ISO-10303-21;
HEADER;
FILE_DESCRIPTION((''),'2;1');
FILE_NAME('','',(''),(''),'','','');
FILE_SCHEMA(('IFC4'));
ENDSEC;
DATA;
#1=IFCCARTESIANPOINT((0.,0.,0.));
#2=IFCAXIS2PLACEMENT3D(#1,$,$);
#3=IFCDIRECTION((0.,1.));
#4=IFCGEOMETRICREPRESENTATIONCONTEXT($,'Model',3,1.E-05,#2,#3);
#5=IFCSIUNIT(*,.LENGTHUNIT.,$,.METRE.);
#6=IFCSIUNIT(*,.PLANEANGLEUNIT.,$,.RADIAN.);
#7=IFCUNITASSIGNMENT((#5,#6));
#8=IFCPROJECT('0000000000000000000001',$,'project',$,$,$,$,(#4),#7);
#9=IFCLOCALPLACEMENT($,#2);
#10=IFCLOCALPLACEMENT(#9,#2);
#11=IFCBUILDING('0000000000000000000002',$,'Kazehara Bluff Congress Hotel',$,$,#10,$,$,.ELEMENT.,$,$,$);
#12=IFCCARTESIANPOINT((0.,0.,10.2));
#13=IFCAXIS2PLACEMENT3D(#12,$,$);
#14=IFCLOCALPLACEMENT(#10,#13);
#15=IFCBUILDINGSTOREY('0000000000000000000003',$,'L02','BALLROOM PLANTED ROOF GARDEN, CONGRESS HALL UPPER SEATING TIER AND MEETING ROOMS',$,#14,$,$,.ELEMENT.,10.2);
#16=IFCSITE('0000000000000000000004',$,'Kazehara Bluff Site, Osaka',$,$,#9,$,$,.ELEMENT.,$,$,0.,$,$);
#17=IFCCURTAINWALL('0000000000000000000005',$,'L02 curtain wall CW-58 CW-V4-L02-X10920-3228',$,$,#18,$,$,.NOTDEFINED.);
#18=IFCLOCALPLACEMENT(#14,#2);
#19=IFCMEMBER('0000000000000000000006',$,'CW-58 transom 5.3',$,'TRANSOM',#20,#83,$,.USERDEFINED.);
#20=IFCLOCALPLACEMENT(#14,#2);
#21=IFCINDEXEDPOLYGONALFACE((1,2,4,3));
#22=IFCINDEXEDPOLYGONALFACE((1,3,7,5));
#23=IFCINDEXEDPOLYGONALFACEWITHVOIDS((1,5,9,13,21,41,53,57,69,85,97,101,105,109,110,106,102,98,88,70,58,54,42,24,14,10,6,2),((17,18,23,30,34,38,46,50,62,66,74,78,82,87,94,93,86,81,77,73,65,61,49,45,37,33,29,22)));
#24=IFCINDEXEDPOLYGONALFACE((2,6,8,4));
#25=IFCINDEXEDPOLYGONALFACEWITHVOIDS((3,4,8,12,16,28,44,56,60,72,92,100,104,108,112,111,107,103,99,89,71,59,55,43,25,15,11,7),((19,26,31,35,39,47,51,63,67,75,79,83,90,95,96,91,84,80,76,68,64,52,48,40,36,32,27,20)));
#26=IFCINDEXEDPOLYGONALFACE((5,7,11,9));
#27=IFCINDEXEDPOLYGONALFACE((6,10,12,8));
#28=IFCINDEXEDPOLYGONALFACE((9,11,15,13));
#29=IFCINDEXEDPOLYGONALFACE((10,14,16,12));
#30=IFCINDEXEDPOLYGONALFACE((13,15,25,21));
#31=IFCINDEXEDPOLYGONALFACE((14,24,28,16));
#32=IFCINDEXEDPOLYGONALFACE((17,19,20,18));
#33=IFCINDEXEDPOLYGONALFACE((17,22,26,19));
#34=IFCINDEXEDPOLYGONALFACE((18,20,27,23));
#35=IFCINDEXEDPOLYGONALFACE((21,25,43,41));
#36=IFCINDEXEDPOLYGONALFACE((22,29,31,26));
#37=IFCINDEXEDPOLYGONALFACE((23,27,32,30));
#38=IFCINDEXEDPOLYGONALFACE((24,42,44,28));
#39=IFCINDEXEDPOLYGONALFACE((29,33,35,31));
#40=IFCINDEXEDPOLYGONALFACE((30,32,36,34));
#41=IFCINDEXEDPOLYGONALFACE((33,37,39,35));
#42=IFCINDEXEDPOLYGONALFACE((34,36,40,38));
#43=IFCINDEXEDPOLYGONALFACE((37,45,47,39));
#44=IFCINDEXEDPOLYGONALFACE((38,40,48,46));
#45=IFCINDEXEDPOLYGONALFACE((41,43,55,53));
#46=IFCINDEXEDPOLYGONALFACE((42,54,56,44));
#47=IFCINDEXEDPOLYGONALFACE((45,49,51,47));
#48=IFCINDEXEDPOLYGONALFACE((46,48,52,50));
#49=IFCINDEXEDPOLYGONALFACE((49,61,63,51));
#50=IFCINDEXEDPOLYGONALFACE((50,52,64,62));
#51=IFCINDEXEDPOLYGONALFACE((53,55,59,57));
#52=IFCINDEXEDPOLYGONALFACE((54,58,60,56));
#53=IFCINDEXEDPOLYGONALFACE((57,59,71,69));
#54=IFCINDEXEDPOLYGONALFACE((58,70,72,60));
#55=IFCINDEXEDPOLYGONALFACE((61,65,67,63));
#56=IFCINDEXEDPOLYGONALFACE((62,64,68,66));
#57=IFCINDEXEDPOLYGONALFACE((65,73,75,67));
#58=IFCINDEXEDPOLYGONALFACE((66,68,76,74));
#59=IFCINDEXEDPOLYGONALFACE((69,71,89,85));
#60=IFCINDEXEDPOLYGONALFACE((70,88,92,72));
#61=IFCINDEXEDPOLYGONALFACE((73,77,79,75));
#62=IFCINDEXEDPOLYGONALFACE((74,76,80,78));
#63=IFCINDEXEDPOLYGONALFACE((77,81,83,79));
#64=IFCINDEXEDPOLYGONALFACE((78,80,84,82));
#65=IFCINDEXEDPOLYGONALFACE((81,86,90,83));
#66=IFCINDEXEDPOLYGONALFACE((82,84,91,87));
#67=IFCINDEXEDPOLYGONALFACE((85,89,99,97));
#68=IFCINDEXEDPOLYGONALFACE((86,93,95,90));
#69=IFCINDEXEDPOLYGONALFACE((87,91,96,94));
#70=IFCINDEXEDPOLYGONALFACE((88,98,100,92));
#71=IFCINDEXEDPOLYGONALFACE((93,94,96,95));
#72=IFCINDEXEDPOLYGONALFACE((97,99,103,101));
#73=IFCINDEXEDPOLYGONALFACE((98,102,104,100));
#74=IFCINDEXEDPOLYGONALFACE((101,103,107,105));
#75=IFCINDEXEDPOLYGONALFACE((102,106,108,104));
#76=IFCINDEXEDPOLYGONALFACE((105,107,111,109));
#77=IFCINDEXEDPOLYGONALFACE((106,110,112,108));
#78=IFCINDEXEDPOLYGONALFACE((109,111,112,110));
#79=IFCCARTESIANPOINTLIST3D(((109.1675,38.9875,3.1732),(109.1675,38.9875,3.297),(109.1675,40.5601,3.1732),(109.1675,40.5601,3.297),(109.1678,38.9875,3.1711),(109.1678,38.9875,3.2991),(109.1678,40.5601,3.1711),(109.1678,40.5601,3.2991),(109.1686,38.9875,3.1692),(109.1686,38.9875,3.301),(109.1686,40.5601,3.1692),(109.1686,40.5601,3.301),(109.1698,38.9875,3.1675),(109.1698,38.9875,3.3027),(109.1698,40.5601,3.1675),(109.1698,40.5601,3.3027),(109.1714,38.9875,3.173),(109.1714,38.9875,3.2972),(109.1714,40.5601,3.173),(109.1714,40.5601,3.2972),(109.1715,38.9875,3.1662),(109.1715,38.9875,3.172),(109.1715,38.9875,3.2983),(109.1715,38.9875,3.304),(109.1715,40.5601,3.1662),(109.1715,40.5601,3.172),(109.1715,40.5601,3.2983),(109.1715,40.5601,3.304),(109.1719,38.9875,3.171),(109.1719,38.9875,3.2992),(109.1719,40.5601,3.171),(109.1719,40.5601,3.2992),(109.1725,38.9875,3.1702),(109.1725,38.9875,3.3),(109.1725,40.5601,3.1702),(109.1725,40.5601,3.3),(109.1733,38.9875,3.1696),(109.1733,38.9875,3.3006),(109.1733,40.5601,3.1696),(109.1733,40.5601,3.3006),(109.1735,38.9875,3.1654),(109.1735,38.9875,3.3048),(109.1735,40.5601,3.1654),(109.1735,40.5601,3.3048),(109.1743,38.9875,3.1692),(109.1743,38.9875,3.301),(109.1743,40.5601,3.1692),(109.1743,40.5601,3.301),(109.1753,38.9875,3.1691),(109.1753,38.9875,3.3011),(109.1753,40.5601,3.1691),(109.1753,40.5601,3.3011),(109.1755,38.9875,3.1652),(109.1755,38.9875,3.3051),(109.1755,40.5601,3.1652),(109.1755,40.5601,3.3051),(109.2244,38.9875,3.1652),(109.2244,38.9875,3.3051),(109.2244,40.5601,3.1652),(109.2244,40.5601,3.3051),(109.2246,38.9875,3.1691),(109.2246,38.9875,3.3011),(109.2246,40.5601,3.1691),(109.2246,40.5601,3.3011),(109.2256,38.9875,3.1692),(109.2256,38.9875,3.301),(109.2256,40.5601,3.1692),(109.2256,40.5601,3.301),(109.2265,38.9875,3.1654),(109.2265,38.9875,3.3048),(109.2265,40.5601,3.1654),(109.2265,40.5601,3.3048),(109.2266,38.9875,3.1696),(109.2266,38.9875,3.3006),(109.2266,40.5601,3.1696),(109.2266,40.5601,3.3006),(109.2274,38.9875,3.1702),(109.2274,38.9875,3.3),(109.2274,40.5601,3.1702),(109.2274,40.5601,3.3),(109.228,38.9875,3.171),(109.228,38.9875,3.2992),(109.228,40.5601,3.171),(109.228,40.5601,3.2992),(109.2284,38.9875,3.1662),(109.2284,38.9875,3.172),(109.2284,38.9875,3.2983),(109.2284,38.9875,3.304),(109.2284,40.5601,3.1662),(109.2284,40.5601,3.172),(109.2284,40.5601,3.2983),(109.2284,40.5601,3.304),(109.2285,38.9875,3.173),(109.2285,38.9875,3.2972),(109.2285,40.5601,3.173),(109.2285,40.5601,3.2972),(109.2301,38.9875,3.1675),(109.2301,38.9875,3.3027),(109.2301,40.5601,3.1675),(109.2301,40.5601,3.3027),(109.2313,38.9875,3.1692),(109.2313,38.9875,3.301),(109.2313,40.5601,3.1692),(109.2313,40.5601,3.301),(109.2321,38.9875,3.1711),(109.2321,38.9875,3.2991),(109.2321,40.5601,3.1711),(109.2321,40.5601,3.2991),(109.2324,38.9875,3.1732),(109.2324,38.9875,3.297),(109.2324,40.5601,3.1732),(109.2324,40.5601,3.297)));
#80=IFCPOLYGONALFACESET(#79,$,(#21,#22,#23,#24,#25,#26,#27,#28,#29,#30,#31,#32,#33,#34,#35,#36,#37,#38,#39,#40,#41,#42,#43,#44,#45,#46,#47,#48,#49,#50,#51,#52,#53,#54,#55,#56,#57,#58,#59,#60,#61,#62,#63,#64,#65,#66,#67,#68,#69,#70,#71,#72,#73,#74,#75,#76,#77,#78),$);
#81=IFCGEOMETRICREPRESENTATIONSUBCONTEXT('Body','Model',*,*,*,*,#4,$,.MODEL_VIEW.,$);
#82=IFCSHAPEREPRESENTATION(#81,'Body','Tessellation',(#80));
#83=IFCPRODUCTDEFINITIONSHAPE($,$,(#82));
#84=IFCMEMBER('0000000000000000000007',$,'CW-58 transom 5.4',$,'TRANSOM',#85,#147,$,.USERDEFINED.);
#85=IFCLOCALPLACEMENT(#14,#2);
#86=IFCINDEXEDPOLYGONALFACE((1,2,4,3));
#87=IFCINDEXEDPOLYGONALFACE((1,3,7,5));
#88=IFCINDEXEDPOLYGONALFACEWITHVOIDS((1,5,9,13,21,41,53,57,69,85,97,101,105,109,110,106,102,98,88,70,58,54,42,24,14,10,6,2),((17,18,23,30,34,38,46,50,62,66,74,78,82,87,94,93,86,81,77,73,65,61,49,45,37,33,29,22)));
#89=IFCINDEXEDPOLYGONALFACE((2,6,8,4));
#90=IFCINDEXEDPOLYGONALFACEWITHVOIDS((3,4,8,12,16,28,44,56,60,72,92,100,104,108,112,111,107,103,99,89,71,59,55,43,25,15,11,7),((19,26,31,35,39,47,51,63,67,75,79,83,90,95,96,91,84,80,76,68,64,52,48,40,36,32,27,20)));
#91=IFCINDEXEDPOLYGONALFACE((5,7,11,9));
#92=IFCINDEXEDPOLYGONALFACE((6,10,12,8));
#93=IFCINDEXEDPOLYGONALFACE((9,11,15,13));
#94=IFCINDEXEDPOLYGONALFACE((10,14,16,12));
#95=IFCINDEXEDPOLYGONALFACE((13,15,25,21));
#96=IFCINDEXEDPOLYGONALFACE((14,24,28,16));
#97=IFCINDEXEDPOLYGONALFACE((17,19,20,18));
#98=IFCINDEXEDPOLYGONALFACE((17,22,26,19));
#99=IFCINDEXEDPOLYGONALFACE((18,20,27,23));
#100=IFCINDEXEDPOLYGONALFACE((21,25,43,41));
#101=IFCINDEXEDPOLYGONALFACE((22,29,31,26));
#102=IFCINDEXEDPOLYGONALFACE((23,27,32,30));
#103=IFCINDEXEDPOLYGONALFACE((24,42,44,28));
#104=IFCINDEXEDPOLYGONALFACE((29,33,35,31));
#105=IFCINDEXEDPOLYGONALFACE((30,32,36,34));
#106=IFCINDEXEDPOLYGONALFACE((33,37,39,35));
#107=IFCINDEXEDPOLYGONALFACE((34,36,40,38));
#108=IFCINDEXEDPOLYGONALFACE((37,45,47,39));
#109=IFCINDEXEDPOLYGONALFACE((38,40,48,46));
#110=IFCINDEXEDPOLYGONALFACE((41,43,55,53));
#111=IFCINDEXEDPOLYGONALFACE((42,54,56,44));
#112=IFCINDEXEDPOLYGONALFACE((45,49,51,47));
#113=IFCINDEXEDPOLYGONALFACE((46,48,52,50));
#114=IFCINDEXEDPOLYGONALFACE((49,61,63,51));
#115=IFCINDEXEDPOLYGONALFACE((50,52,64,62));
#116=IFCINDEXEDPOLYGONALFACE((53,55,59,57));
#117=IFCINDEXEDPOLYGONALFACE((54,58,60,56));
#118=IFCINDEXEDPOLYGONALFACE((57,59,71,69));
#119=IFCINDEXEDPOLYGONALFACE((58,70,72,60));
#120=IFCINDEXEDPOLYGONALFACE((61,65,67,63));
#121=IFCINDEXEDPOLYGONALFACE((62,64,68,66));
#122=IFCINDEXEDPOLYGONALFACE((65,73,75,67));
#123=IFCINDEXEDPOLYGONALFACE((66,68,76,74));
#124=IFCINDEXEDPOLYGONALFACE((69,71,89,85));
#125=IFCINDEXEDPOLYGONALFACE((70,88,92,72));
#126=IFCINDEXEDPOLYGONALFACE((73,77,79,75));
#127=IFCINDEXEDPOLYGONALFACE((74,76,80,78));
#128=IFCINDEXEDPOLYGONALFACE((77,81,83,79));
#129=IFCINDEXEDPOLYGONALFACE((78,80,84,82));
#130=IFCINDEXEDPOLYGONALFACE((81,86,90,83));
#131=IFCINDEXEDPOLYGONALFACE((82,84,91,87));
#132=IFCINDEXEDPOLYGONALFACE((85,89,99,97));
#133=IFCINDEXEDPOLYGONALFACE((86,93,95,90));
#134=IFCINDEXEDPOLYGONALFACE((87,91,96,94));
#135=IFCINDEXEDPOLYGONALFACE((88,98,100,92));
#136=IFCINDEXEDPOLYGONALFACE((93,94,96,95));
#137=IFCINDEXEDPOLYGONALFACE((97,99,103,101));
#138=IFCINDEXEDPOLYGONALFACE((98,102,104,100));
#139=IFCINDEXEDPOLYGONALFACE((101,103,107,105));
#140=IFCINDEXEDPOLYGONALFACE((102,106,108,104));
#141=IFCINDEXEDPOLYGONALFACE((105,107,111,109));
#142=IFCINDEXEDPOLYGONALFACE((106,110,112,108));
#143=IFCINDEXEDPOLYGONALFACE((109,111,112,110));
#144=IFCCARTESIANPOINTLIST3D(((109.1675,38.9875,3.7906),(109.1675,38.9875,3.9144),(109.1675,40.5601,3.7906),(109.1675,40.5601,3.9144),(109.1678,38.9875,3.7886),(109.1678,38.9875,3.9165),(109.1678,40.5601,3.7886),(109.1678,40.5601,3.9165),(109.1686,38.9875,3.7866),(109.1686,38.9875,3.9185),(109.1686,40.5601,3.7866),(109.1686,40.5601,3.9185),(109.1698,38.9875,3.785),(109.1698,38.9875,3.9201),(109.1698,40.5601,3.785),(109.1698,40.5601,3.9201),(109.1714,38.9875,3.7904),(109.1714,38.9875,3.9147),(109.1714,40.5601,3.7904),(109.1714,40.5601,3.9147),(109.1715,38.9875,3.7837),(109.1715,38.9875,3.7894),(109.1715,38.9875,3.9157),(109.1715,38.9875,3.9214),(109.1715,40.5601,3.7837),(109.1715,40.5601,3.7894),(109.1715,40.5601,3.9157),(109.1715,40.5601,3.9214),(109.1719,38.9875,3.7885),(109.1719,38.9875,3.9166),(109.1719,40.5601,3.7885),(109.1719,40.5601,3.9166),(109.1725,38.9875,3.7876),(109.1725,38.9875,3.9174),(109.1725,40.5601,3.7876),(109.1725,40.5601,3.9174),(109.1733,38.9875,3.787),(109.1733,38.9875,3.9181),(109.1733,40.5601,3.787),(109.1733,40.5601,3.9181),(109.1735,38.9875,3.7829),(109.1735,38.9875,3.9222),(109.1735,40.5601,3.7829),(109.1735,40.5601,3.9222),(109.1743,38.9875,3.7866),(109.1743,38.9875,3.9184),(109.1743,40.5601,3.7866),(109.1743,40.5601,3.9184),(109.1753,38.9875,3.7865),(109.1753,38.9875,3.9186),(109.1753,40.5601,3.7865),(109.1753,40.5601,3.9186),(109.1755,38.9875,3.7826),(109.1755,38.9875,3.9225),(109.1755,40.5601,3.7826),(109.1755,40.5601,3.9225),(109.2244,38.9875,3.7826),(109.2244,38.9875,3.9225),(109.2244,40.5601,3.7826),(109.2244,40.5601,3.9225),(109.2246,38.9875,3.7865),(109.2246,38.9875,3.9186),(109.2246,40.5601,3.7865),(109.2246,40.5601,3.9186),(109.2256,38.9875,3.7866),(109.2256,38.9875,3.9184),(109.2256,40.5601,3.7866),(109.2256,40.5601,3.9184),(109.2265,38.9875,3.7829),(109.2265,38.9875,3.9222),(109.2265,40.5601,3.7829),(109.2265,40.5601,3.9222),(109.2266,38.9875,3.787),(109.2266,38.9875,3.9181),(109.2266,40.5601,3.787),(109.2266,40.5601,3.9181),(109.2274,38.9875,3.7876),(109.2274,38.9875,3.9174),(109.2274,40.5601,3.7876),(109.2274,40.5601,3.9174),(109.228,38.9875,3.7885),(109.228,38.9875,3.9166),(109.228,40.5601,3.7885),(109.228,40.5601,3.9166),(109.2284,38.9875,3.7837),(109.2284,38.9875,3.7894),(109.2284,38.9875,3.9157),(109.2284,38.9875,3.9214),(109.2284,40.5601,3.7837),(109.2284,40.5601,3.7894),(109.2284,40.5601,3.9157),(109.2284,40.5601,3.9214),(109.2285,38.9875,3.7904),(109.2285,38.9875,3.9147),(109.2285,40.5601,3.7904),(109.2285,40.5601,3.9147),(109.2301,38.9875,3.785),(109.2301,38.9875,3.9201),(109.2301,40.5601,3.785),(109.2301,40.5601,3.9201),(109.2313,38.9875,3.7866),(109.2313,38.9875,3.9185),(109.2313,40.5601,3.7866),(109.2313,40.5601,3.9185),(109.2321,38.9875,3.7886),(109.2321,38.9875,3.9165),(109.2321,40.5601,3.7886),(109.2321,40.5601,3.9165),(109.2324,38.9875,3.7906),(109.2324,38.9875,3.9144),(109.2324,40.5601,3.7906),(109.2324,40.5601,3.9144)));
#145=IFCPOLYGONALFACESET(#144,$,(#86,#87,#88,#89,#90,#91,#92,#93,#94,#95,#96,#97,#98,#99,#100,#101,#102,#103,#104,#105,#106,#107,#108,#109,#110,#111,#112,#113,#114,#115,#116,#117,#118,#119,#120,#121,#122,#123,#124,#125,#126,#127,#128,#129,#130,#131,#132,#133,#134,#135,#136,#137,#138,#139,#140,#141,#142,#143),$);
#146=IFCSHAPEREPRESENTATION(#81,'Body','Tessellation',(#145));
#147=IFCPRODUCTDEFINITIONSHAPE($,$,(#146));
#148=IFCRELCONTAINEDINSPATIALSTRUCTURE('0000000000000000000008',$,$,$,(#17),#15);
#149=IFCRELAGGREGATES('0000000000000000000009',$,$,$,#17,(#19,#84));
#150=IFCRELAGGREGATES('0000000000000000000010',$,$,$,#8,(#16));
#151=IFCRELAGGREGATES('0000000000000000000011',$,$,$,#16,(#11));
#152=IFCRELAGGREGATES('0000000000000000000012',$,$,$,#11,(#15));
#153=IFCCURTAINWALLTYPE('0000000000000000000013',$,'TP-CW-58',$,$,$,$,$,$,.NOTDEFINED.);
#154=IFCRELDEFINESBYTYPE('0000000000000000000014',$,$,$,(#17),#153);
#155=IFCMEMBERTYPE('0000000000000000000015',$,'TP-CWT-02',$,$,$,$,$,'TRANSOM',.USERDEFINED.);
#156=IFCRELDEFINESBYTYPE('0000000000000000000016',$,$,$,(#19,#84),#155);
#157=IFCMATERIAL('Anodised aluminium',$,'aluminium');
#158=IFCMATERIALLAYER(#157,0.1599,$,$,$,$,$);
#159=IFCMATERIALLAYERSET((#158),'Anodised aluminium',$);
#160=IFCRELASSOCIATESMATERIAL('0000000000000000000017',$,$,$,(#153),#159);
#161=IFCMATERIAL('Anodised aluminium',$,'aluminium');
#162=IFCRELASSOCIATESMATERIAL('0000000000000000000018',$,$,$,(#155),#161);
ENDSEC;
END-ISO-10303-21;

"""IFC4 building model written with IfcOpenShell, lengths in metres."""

from ifc_helpers import new_model, si_unit, direction, frame, origin, origin_2d, place, context, subcontext, project, spatial, hollow_rectangle, extrude, material, layer, layer_set, material_profile, profile_set, type_object, element, aggregate, save


model = new_model("IFC4")

# Units and contexts
model_context = context("Model", 3, precision=1e-05, world=origin(), true_north=direction((0.0, 1.0)))
body_context = subcontext(model_context, "Body", "Model", "MODEL_VIEW")
ifc_project = project(units=[si_unit("LENGTHUNIT", "METRE"), si_unit("PLANEANGLEUNIT", "RADIAN")], contexts=[model_context])

# Site, building, storey
site_placement = place(None, origin())
site = spatial("IfcSite", under=ifc_project, at=site_placement, Name="Kazehara Bluff Site, Osaka", CompositionType="ELEMENT", RefElevation=0.0)
building_placement = place(site_placement, origin())
building = spatial("IfcBuilding", under=site, at=building_placement, Name="Kazehara Bluff Congress Hotel", CompositionType="ELEMENT")
storey_placement = place(building_placement, frame((0.0, 0.0, 10.2)))
storey = spatial("IfcBuildingStorey", under=building, at=storey_placement, Name="L02", Description="BALLROOM PLANTED ROOF GARDEN, CONGRESS HALL UPPER SEATING TIER AND MEETING ROOMS", CompositionType="ELEMENT", Elevation=10.2)

# Curtain wall
ifc_material_1 = material(Name="Anodised aluminium", Category="aluminium")
ifc_layer_1 = layer(ifc_material_1, 0.1599)
ifc_layer_set_1 = layer_set([ifc_layer_1], Name="Anodised aluminium")
curtain_wall_type_1 = type_object("IfcCurtainWallType", Name="TP-CW-58", PredefinedType="NOTDEFINED", material=ifc_layer_set_1)
curtain_wall_1_placement = place(storey_placement, origin())
curtain_wall_1 = element("IfcCurtainWall", 1, at=curtain_wall_1_placement, inside=storey, type_object=curtain_wall_type_1, Name="L02 curtain wall CW-58 CW-V4-L02-X10920-3228", PredefinedType="NOTDEFINED")

# Members
ifc_material_2 = material(Name="Anodised aluminium", Category="aluminium")
ifc_material_profile_1 = material_profile(ifc_material_2, hollow_rectangle(XDim=0.0649, YDim=0.1399, WallThickness=0.0039, InnerFilletRadius=0.0039, OuterFilletRadius=0.0081, at=origin_2d()))
ifc_profile_set_1 = profile_set([ifc_material_profile_1], Name="Anodised aluminium")
member_type_1 = type_object("IfcMemberType", Name="TP-CWT-02", ElementType="TRANSOM", PredefinedType="USERDEFINED", material=ifc_profile_set_1)
member_1_placement = place(storey_placement, frame((109.2, 38.9875, 3.2351), z_axis=(0.0, 1.0, 0.0), x_axis=(-1.0, 0.0, 0.0)))
member_1 = element("IfcMember", 2, at=member_1_placement, type_object=member_type_1, Name="CW-58 transom 5.3", ObjectType="TRANSOM", PredefinedType="USERDEFINED", context=body_context, shape_type="SweptSolid", body=[
    extrude(hollow_rectangle(XDim=0.0649, YDim=0.1399, WallThickness=0.0039, InnerFilletRadius=0.0039, OuterFilletRadius=0.0081, at=origin_2d()), origin(), (0.0, 0.0, 1.0), 1.5725),
])
member_2_placement = place(storey_placement, frame((109.2, 38.9875, 3.8525), z_axis=(0.0, 1.0, 0.0), x_axis=(-1.0, 0.0, 0.0)))
member_2 = element("IfcMember", 3, at=member_2_placement, type_object=member_type_1, Name="CW-58 transom 5.4", ObjectType="TRANSOM", PredefinedType="USERDEFINED", context=body_context, shape_type="SweptSolid", body=[
    extrude(hollow_rectangle(XDim=0.0649, YDim=0.1399, WallThickness=0.0039, InnerFilletRadius=0.0039, OuterFilletRadius=0.0081, at=origin_2d()), origin(), (0.0, 0.0, 1.0), 1.5725),
])

aggregate(curtain_wall_1, [member_1, member_2])

save(model, "model.ifc")
